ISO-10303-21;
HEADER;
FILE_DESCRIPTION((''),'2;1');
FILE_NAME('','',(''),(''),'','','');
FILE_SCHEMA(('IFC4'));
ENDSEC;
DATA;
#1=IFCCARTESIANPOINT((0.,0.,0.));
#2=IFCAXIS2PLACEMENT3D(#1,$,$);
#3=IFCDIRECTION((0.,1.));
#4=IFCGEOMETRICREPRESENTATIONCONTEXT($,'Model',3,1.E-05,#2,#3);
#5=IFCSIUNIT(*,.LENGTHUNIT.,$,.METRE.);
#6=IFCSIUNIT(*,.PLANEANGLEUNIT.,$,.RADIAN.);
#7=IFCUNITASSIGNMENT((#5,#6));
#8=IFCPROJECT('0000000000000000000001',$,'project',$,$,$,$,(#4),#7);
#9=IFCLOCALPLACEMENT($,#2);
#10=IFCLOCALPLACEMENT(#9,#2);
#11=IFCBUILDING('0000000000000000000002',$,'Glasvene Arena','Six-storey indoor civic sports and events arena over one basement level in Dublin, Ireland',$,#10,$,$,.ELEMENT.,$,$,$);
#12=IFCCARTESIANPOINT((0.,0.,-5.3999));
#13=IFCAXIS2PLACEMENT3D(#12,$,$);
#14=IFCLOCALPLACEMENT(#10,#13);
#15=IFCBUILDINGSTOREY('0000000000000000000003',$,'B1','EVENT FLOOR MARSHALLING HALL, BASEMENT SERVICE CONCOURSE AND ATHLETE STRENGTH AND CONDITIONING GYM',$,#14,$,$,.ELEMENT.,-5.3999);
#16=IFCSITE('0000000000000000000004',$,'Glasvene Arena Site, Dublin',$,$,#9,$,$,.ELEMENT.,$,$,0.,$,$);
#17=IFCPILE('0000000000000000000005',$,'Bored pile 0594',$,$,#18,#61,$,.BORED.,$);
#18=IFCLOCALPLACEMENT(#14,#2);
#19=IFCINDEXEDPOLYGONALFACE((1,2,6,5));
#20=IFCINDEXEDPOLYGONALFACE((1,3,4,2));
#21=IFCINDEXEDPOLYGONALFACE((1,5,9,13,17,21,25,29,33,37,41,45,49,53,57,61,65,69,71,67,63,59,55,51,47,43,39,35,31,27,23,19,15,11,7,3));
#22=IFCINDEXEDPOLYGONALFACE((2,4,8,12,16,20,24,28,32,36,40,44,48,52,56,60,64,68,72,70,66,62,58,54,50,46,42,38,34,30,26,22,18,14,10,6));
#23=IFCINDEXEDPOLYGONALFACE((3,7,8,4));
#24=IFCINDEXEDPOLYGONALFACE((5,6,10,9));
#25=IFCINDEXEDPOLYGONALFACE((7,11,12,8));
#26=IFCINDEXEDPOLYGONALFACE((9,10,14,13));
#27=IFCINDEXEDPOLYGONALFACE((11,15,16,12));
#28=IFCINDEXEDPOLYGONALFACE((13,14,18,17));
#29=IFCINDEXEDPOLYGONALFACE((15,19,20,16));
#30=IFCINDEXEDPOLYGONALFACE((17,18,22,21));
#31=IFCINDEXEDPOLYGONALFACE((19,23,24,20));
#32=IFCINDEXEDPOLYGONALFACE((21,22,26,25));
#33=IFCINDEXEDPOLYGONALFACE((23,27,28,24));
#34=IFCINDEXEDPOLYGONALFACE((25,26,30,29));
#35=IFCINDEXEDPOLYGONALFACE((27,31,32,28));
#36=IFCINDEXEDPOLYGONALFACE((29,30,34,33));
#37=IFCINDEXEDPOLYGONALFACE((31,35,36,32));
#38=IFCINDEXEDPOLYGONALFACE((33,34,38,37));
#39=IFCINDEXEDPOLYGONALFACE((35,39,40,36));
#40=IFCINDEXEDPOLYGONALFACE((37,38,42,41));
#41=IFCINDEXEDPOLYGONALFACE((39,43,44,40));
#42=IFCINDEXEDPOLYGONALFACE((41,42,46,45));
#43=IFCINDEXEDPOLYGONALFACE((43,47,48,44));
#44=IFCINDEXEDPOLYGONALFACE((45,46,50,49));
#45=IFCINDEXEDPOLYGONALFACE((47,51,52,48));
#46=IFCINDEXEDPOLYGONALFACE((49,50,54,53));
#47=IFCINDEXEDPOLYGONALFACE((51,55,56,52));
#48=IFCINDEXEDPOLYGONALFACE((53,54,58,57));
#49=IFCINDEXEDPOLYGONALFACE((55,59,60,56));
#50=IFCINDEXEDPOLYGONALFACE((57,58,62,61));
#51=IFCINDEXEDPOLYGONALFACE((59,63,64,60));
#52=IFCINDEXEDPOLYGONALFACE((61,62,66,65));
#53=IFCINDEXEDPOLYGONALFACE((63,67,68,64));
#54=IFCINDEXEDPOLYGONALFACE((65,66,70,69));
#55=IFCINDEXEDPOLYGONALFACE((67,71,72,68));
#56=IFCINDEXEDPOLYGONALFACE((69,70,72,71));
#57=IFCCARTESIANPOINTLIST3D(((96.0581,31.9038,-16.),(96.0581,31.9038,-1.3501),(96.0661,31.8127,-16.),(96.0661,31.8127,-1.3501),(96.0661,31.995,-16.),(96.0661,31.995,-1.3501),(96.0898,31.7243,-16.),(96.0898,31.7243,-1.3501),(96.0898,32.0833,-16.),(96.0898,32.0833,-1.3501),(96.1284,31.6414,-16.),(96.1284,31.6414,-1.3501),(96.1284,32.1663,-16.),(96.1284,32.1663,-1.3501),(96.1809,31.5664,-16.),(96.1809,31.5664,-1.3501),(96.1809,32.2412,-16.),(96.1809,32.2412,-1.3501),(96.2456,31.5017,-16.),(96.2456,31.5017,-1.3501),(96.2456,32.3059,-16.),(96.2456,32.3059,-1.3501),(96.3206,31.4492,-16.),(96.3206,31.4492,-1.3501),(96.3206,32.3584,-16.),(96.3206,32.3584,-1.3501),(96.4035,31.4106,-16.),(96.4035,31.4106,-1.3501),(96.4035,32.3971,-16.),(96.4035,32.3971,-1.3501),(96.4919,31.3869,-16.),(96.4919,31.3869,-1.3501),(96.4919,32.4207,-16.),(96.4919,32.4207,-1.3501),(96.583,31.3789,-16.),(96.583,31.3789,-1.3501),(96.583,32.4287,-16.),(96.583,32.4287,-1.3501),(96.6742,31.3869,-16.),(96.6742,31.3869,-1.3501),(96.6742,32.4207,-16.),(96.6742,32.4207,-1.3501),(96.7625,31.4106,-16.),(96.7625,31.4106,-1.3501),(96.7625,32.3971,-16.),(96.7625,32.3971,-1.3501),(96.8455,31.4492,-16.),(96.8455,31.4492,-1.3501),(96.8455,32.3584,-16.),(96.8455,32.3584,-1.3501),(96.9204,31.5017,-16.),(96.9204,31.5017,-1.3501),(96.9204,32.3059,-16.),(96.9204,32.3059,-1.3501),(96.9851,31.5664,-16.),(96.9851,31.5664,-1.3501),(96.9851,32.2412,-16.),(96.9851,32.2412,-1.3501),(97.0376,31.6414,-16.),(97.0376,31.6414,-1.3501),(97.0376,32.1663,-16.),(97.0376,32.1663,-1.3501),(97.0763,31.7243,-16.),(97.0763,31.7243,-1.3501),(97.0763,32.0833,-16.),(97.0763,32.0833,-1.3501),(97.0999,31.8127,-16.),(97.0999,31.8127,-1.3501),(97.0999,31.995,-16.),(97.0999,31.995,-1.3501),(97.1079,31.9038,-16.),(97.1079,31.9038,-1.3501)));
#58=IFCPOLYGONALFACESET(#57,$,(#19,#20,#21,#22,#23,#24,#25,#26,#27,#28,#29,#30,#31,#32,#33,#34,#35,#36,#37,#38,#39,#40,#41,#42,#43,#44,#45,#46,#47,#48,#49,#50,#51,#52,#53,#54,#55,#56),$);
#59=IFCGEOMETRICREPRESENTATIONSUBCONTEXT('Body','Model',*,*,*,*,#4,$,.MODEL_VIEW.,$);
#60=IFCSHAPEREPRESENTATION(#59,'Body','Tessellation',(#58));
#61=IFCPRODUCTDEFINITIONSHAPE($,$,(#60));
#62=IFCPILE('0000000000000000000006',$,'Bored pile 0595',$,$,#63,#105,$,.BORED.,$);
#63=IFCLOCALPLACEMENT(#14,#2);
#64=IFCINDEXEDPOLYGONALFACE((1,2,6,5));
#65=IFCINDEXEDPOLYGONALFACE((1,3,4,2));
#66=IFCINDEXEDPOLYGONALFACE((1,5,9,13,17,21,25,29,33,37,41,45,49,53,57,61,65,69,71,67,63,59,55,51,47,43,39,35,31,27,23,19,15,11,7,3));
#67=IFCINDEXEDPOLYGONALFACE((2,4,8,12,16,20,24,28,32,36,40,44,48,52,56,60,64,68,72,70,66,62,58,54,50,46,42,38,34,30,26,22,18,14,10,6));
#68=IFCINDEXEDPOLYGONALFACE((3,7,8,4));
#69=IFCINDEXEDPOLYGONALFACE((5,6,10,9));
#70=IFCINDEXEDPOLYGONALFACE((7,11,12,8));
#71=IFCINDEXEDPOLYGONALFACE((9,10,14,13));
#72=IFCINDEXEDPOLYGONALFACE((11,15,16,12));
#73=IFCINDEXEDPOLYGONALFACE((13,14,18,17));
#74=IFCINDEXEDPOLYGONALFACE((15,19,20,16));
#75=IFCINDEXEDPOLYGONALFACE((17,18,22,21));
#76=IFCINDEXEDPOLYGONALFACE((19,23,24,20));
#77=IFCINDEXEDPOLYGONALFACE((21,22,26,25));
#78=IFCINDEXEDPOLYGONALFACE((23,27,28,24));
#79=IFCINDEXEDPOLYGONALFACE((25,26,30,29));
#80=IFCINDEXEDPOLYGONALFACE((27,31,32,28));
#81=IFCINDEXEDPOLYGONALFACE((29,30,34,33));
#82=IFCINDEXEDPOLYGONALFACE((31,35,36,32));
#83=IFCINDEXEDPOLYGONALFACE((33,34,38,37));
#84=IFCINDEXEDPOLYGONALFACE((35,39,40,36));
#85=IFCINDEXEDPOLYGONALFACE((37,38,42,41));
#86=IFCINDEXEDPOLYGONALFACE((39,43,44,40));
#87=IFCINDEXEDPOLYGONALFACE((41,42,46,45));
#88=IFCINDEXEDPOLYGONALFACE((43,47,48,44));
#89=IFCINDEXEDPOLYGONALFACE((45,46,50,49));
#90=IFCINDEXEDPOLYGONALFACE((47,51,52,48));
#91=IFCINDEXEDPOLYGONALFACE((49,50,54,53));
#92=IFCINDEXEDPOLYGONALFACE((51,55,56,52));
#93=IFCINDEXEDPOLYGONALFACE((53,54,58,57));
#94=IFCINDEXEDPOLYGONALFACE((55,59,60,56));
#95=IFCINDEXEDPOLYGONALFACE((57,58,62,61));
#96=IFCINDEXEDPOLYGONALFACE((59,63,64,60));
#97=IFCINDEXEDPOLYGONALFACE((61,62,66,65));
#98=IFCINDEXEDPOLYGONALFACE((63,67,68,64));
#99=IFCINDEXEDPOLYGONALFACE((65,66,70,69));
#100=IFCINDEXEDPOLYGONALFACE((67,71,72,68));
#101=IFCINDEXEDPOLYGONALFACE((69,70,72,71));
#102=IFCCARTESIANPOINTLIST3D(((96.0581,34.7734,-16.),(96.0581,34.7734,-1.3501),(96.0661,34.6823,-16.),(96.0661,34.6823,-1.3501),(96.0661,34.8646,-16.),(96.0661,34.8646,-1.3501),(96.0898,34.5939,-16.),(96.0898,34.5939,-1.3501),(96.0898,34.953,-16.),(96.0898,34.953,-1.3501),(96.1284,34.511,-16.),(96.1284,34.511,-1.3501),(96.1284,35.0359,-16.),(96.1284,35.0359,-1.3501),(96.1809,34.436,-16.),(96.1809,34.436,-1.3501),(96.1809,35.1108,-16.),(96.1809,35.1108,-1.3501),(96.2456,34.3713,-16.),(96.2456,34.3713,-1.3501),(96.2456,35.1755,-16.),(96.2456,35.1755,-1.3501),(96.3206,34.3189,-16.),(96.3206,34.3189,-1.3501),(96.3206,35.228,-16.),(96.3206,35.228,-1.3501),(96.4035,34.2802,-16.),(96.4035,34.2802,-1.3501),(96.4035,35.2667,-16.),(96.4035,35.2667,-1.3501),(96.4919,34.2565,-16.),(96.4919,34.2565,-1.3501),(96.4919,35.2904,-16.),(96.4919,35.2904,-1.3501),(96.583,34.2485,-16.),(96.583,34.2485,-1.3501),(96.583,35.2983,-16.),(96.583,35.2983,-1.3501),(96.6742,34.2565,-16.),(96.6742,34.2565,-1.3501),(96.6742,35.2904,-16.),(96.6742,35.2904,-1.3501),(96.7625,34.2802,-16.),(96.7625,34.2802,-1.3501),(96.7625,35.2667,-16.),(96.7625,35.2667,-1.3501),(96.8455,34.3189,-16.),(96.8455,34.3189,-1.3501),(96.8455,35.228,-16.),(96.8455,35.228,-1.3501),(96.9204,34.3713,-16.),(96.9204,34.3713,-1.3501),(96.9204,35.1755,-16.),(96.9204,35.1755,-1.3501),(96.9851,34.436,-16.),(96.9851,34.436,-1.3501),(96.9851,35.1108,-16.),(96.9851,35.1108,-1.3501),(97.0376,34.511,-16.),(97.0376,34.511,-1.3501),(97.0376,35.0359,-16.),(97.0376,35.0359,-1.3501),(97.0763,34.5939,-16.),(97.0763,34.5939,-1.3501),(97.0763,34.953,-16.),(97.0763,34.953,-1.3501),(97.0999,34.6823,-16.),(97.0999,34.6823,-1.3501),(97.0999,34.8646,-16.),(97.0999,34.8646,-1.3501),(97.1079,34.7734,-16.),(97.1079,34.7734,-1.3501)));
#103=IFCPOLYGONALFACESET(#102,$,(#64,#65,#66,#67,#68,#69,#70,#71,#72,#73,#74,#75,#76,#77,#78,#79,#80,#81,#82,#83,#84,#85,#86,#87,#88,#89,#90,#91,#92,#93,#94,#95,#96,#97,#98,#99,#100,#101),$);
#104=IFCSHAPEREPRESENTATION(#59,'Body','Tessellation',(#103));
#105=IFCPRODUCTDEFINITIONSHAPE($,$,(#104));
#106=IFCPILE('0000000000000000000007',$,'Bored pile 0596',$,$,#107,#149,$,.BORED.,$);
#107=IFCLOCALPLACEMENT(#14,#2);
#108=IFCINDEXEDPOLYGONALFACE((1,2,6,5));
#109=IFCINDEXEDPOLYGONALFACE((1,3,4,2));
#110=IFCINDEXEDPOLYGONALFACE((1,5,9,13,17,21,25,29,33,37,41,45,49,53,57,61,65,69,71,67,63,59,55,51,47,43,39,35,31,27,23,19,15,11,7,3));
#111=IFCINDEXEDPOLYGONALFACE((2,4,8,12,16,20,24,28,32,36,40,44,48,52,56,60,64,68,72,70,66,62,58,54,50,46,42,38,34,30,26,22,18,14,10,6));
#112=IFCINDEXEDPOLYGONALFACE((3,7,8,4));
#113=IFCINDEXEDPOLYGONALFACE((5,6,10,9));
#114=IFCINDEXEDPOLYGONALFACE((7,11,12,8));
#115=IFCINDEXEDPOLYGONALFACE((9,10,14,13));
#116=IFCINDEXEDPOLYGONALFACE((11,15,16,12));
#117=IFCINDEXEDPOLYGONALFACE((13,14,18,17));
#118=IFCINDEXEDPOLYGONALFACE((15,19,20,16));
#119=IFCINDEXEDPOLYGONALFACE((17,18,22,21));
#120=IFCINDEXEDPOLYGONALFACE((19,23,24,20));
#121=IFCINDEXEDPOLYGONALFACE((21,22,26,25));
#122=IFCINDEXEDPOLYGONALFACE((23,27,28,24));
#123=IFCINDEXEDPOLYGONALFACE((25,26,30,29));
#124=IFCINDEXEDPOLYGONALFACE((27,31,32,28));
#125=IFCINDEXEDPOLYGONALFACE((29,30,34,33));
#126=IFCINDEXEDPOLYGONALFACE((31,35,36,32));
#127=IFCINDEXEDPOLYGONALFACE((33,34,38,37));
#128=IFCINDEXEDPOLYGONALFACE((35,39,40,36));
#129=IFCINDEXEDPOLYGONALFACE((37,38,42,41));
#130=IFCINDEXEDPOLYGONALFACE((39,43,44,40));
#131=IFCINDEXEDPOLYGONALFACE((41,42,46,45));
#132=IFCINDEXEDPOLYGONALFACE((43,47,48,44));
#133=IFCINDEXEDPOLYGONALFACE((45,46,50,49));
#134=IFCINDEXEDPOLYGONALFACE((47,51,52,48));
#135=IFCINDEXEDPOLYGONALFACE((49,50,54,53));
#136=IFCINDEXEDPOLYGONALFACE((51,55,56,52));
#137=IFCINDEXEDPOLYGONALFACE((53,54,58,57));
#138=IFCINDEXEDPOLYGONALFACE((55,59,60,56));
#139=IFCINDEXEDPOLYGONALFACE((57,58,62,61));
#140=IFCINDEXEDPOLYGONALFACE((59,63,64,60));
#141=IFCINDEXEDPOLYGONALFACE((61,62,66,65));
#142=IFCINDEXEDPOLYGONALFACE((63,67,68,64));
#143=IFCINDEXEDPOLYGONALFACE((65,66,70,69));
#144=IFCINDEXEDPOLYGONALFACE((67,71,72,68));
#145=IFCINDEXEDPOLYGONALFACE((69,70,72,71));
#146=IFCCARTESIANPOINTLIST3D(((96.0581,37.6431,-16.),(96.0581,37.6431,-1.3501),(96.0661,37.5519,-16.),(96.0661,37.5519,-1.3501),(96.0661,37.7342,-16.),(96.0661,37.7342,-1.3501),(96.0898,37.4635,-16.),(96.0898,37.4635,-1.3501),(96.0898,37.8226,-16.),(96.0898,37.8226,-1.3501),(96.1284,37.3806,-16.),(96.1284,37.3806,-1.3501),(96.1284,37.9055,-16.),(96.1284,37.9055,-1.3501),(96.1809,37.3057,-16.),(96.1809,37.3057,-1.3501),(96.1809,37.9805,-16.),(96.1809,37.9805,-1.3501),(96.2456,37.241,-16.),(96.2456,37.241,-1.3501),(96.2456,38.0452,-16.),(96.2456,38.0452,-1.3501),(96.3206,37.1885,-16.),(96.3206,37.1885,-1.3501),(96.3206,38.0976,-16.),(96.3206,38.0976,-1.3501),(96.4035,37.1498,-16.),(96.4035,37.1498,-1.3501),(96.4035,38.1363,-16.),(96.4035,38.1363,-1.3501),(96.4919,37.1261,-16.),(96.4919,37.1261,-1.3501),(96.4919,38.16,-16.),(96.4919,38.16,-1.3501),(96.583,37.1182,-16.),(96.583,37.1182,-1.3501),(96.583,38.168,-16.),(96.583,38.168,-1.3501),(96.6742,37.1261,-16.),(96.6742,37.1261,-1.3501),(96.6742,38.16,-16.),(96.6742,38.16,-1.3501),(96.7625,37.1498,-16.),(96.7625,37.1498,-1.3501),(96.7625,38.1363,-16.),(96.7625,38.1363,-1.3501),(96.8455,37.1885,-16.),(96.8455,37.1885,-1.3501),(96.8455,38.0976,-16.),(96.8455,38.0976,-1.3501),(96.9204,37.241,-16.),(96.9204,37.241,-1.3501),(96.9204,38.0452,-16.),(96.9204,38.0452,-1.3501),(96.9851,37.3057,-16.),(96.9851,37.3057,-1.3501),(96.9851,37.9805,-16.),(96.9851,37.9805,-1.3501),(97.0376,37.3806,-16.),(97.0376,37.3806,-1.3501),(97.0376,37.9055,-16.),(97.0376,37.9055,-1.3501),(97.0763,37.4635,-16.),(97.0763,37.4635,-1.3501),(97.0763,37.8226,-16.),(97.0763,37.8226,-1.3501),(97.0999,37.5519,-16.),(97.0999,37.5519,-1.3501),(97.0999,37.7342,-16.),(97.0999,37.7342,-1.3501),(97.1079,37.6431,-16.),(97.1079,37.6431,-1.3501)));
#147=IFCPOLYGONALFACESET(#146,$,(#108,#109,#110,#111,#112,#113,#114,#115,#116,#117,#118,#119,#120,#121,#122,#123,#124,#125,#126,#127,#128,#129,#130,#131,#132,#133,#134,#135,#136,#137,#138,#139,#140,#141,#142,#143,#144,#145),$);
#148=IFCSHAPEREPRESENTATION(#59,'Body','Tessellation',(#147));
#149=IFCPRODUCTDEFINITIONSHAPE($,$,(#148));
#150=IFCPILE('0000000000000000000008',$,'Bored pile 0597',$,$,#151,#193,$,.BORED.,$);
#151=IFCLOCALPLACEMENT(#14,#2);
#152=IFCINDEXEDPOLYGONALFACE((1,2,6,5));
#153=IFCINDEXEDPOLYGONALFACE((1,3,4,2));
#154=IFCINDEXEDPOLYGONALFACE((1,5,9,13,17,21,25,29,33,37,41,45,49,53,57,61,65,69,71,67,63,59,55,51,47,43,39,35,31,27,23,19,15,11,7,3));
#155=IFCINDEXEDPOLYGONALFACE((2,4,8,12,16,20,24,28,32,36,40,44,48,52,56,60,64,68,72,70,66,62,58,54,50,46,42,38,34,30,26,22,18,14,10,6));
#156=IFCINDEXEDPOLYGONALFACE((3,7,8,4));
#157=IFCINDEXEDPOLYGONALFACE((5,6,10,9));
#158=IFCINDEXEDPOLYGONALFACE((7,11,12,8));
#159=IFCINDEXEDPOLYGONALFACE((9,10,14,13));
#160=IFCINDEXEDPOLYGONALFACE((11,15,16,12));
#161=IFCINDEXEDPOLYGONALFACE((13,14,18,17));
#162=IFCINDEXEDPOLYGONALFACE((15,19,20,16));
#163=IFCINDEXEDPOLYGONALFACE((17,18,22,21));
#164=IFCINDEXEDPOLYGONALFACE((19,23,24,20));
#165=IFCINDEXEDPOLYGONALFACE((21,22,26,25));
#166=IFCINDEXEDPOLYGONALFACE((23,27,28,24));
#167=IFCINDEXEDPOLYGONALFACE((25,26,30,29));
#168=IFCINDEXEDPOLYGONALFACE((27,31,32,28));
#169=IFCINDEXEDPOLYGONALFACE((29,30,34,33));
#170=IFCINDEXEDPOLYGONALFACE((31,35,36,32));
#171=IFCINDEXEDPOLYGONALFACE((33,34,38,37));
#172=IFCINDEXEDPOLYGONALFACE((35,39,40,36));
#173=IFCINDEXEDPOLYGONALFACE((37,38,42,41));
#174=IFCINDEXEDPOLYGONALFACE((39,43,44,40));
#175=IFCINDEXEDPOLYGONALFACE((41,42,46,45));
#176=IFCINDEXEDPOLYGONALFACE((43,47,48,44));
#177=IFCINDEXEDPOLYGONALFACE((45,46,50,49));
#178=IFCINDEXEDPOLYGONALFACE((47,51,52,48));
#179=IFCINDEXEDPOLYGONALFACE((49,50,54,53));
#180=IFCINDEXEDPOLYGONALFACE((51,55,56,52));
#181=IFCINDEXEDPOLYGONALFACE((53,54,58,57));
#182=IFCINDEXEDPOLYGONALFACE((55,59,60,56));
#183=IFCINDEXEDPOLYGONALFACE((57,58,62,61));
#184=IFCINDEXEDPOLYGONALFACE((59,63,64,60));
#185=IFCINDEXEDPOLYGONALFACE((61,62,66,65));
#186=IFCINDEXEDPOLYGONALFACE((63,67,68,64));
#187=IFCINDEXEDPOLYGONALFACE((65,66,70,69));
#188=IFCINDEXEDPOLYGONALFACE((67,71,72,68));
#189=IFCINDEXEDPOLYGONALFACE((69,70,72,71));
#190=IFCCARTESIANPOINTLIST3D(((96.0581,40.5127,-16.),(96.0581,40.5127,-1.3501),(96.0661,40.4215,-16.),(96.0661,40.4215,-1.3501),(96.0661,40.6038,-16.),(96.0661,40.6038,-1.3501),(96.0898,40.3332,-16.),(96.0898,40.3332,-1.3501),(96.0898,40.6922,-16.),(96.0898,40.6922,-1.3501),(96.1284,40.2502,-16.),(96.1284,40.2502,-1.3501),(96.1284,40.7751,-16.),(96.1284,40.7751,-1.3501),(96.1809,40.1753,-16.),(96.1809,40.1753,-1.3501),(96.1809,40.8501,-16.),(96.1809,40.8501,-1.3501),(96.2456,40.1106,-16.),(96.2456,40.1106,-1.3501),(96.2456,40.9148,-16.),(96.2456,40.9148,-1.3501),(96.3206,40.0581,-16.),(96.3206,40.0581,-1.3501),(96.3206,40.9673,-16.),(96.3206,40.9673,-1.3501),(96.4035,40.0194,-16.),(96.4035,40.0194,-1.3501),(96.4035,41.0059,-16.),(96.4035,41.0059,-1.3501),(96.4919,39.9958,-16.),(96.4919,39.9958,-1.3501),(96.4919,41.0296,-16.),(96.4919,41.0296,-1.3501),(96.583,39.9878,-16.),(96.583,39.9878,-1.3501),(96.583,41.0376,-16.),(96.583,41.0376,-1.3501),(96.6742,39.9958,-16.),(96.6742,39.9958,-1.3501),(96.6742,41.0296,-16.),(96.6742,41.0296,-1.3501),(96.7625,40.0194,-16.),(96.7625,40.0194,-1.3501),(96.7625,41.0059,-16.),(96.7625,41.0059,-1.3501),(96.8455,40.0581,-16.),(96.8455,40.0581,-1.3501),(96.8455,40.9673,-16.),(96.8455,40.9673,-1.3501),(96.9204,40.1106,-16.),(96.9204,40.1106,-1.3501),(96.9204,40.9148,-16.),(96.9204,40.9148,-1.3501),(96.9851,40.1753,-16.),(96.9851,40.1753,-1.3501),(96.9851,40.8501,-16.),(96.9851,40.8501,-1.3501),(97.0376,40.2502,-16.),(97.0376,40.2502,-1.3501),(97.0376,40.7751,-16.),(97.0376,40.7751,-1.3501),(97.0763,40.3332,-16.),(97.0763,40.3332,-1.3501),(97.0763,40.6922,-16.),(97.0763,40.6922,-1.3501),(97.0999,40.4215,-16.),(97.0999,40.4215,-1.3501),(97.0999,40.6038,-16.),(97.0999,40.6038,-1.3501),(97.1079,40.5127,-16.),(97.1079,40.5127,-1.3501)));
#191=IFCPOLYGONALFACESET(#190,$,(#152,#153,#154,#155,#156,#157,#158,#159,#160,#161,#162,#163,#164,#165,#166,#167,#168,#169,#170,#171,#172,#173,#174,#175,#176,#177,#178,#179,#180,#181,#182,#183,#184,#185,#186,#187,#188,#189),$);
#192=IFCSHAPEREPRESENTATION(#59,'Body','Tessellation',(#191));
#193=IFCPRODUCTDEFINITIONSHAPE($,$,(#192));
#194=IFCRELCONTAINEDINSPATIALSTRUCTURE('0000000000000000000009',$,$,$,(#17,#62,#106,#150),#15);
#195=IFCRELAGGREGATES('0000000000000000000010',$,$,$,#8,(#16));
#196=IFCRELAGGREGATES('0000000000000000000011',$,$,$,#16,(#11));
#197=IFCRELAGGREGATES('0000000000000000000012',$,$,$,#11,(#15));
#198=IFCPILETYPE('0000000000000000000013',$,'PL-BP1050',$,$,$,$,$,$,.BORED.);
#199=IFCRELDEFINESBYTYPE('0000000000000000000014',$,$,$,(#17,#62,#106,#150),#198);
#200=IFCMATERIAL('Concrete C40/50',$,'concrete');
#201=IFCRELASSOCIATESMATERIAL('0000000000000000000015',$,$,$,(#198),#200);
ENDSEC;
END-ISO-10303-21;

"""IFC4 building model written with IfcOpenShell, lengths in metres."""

from ifc_helpers import new_model, si_unit, direction, frame, origin, origin_2d, place, context, subcontext, project, spatial, circle, extrude, material, material_profile, profile_set, type_object, element, save


model = new_model("IFC4")

# Units and contexts
model_context = context("Model", 3, precision=1e-05, world=origin(), true_north=direction((0.0, 1.0)))
body_context = subcontext(model_context, "Body", "Model", "MODEL_VIEW")
ifc_project = project(units=[si_unit("LENGTHUNIT", "METRE"), si_unit("PLANEANGLEUNIT", "RADIAN")], contexts=[model_context])

# Site, building, storey
site_placement = place(None, origin())
site = spatial("IfcSite", under=ifc_project, at=site_placement, Name="Glasvene Arena Site, Dublin", CompositionType="ELEMENT", RefElevation=0.0)
building_placement = place(site_placement, origin())
building = spatial("IfcBuilding", under=site, at=building_placement, Name="Glasvene Arena", Description="Six-storey indoor civic sports and events arena over one basement level in Dublin, Ireland", CompositionType="ELEMENT")
storey_placement = place(building_placement, frame((0.0, 0.0, -5.3999)))
storey = spatial("IfcBuildingStorey", under=building, at=storey_placement, Name="B1", Description="EVENT FLOOR MARSHALLING HALL, BASEMENT SERVICE CONCOURSE AND ATHLETE STRENGTH AND CONDITIONING GYM", CompositionType="ELEMENT", Elevation=-5.3999)

# Piles
ifc_material_1 = material(Name="Concrete C40/50", Category="concrete")
ifc_material_profile_1 = material_profile(ifc_material_1, circle(Radius=0.5249, at=origin_2d()), Name="BORED PILE 1050")
ifc_profile_set_1 = profile_set([ifc_material_profile_1], Name="Concrete C40/50")
pile_type = type_object("IfcPileType", Name="PL-BP1050", PredefinedType="BORED", material=ifc_profile_set_1)
for number, where, z_axis, x_axis, name in (
    (1, (96.583, 31.9038, -1.3501), (0.0, 0.0, -1.0), (1.0, 0.0, 0.0), "Bored pile 0594"),
    (2, (96.583, 34.7734, -1.3501), (0.0, 0.0, -1.0), (1.0, 0.0, 0.0), "Bored pile 0595"),
    (3, (96.583, 37.6431, -1.3501), (0.0, 0.0, -1.0), (1.0, 0.0, 0.0), "Bored pile 0596"),
    (4, (96.583, 40.5127, -1.3501), (0.0, 0.0, -1.0), (1.0, 0.0, 0.0), "Bored pile 0597"),
):
    element("IfcPile", number, at=place(storey_placement, frame(where, z_axis=z_axis, x_axis=x_axis)), inside=storey, type_object=pile_type, Name=name, PredefinedType="BORED", context=body_context, shape_type="SweptSolid", body=[
        extrude(circle(Radius=0.5249, at=origin_2d()), origin(), (0.0, 0.0, 1.0), 14.6499),
    ])

save(model, "model.ifc")
